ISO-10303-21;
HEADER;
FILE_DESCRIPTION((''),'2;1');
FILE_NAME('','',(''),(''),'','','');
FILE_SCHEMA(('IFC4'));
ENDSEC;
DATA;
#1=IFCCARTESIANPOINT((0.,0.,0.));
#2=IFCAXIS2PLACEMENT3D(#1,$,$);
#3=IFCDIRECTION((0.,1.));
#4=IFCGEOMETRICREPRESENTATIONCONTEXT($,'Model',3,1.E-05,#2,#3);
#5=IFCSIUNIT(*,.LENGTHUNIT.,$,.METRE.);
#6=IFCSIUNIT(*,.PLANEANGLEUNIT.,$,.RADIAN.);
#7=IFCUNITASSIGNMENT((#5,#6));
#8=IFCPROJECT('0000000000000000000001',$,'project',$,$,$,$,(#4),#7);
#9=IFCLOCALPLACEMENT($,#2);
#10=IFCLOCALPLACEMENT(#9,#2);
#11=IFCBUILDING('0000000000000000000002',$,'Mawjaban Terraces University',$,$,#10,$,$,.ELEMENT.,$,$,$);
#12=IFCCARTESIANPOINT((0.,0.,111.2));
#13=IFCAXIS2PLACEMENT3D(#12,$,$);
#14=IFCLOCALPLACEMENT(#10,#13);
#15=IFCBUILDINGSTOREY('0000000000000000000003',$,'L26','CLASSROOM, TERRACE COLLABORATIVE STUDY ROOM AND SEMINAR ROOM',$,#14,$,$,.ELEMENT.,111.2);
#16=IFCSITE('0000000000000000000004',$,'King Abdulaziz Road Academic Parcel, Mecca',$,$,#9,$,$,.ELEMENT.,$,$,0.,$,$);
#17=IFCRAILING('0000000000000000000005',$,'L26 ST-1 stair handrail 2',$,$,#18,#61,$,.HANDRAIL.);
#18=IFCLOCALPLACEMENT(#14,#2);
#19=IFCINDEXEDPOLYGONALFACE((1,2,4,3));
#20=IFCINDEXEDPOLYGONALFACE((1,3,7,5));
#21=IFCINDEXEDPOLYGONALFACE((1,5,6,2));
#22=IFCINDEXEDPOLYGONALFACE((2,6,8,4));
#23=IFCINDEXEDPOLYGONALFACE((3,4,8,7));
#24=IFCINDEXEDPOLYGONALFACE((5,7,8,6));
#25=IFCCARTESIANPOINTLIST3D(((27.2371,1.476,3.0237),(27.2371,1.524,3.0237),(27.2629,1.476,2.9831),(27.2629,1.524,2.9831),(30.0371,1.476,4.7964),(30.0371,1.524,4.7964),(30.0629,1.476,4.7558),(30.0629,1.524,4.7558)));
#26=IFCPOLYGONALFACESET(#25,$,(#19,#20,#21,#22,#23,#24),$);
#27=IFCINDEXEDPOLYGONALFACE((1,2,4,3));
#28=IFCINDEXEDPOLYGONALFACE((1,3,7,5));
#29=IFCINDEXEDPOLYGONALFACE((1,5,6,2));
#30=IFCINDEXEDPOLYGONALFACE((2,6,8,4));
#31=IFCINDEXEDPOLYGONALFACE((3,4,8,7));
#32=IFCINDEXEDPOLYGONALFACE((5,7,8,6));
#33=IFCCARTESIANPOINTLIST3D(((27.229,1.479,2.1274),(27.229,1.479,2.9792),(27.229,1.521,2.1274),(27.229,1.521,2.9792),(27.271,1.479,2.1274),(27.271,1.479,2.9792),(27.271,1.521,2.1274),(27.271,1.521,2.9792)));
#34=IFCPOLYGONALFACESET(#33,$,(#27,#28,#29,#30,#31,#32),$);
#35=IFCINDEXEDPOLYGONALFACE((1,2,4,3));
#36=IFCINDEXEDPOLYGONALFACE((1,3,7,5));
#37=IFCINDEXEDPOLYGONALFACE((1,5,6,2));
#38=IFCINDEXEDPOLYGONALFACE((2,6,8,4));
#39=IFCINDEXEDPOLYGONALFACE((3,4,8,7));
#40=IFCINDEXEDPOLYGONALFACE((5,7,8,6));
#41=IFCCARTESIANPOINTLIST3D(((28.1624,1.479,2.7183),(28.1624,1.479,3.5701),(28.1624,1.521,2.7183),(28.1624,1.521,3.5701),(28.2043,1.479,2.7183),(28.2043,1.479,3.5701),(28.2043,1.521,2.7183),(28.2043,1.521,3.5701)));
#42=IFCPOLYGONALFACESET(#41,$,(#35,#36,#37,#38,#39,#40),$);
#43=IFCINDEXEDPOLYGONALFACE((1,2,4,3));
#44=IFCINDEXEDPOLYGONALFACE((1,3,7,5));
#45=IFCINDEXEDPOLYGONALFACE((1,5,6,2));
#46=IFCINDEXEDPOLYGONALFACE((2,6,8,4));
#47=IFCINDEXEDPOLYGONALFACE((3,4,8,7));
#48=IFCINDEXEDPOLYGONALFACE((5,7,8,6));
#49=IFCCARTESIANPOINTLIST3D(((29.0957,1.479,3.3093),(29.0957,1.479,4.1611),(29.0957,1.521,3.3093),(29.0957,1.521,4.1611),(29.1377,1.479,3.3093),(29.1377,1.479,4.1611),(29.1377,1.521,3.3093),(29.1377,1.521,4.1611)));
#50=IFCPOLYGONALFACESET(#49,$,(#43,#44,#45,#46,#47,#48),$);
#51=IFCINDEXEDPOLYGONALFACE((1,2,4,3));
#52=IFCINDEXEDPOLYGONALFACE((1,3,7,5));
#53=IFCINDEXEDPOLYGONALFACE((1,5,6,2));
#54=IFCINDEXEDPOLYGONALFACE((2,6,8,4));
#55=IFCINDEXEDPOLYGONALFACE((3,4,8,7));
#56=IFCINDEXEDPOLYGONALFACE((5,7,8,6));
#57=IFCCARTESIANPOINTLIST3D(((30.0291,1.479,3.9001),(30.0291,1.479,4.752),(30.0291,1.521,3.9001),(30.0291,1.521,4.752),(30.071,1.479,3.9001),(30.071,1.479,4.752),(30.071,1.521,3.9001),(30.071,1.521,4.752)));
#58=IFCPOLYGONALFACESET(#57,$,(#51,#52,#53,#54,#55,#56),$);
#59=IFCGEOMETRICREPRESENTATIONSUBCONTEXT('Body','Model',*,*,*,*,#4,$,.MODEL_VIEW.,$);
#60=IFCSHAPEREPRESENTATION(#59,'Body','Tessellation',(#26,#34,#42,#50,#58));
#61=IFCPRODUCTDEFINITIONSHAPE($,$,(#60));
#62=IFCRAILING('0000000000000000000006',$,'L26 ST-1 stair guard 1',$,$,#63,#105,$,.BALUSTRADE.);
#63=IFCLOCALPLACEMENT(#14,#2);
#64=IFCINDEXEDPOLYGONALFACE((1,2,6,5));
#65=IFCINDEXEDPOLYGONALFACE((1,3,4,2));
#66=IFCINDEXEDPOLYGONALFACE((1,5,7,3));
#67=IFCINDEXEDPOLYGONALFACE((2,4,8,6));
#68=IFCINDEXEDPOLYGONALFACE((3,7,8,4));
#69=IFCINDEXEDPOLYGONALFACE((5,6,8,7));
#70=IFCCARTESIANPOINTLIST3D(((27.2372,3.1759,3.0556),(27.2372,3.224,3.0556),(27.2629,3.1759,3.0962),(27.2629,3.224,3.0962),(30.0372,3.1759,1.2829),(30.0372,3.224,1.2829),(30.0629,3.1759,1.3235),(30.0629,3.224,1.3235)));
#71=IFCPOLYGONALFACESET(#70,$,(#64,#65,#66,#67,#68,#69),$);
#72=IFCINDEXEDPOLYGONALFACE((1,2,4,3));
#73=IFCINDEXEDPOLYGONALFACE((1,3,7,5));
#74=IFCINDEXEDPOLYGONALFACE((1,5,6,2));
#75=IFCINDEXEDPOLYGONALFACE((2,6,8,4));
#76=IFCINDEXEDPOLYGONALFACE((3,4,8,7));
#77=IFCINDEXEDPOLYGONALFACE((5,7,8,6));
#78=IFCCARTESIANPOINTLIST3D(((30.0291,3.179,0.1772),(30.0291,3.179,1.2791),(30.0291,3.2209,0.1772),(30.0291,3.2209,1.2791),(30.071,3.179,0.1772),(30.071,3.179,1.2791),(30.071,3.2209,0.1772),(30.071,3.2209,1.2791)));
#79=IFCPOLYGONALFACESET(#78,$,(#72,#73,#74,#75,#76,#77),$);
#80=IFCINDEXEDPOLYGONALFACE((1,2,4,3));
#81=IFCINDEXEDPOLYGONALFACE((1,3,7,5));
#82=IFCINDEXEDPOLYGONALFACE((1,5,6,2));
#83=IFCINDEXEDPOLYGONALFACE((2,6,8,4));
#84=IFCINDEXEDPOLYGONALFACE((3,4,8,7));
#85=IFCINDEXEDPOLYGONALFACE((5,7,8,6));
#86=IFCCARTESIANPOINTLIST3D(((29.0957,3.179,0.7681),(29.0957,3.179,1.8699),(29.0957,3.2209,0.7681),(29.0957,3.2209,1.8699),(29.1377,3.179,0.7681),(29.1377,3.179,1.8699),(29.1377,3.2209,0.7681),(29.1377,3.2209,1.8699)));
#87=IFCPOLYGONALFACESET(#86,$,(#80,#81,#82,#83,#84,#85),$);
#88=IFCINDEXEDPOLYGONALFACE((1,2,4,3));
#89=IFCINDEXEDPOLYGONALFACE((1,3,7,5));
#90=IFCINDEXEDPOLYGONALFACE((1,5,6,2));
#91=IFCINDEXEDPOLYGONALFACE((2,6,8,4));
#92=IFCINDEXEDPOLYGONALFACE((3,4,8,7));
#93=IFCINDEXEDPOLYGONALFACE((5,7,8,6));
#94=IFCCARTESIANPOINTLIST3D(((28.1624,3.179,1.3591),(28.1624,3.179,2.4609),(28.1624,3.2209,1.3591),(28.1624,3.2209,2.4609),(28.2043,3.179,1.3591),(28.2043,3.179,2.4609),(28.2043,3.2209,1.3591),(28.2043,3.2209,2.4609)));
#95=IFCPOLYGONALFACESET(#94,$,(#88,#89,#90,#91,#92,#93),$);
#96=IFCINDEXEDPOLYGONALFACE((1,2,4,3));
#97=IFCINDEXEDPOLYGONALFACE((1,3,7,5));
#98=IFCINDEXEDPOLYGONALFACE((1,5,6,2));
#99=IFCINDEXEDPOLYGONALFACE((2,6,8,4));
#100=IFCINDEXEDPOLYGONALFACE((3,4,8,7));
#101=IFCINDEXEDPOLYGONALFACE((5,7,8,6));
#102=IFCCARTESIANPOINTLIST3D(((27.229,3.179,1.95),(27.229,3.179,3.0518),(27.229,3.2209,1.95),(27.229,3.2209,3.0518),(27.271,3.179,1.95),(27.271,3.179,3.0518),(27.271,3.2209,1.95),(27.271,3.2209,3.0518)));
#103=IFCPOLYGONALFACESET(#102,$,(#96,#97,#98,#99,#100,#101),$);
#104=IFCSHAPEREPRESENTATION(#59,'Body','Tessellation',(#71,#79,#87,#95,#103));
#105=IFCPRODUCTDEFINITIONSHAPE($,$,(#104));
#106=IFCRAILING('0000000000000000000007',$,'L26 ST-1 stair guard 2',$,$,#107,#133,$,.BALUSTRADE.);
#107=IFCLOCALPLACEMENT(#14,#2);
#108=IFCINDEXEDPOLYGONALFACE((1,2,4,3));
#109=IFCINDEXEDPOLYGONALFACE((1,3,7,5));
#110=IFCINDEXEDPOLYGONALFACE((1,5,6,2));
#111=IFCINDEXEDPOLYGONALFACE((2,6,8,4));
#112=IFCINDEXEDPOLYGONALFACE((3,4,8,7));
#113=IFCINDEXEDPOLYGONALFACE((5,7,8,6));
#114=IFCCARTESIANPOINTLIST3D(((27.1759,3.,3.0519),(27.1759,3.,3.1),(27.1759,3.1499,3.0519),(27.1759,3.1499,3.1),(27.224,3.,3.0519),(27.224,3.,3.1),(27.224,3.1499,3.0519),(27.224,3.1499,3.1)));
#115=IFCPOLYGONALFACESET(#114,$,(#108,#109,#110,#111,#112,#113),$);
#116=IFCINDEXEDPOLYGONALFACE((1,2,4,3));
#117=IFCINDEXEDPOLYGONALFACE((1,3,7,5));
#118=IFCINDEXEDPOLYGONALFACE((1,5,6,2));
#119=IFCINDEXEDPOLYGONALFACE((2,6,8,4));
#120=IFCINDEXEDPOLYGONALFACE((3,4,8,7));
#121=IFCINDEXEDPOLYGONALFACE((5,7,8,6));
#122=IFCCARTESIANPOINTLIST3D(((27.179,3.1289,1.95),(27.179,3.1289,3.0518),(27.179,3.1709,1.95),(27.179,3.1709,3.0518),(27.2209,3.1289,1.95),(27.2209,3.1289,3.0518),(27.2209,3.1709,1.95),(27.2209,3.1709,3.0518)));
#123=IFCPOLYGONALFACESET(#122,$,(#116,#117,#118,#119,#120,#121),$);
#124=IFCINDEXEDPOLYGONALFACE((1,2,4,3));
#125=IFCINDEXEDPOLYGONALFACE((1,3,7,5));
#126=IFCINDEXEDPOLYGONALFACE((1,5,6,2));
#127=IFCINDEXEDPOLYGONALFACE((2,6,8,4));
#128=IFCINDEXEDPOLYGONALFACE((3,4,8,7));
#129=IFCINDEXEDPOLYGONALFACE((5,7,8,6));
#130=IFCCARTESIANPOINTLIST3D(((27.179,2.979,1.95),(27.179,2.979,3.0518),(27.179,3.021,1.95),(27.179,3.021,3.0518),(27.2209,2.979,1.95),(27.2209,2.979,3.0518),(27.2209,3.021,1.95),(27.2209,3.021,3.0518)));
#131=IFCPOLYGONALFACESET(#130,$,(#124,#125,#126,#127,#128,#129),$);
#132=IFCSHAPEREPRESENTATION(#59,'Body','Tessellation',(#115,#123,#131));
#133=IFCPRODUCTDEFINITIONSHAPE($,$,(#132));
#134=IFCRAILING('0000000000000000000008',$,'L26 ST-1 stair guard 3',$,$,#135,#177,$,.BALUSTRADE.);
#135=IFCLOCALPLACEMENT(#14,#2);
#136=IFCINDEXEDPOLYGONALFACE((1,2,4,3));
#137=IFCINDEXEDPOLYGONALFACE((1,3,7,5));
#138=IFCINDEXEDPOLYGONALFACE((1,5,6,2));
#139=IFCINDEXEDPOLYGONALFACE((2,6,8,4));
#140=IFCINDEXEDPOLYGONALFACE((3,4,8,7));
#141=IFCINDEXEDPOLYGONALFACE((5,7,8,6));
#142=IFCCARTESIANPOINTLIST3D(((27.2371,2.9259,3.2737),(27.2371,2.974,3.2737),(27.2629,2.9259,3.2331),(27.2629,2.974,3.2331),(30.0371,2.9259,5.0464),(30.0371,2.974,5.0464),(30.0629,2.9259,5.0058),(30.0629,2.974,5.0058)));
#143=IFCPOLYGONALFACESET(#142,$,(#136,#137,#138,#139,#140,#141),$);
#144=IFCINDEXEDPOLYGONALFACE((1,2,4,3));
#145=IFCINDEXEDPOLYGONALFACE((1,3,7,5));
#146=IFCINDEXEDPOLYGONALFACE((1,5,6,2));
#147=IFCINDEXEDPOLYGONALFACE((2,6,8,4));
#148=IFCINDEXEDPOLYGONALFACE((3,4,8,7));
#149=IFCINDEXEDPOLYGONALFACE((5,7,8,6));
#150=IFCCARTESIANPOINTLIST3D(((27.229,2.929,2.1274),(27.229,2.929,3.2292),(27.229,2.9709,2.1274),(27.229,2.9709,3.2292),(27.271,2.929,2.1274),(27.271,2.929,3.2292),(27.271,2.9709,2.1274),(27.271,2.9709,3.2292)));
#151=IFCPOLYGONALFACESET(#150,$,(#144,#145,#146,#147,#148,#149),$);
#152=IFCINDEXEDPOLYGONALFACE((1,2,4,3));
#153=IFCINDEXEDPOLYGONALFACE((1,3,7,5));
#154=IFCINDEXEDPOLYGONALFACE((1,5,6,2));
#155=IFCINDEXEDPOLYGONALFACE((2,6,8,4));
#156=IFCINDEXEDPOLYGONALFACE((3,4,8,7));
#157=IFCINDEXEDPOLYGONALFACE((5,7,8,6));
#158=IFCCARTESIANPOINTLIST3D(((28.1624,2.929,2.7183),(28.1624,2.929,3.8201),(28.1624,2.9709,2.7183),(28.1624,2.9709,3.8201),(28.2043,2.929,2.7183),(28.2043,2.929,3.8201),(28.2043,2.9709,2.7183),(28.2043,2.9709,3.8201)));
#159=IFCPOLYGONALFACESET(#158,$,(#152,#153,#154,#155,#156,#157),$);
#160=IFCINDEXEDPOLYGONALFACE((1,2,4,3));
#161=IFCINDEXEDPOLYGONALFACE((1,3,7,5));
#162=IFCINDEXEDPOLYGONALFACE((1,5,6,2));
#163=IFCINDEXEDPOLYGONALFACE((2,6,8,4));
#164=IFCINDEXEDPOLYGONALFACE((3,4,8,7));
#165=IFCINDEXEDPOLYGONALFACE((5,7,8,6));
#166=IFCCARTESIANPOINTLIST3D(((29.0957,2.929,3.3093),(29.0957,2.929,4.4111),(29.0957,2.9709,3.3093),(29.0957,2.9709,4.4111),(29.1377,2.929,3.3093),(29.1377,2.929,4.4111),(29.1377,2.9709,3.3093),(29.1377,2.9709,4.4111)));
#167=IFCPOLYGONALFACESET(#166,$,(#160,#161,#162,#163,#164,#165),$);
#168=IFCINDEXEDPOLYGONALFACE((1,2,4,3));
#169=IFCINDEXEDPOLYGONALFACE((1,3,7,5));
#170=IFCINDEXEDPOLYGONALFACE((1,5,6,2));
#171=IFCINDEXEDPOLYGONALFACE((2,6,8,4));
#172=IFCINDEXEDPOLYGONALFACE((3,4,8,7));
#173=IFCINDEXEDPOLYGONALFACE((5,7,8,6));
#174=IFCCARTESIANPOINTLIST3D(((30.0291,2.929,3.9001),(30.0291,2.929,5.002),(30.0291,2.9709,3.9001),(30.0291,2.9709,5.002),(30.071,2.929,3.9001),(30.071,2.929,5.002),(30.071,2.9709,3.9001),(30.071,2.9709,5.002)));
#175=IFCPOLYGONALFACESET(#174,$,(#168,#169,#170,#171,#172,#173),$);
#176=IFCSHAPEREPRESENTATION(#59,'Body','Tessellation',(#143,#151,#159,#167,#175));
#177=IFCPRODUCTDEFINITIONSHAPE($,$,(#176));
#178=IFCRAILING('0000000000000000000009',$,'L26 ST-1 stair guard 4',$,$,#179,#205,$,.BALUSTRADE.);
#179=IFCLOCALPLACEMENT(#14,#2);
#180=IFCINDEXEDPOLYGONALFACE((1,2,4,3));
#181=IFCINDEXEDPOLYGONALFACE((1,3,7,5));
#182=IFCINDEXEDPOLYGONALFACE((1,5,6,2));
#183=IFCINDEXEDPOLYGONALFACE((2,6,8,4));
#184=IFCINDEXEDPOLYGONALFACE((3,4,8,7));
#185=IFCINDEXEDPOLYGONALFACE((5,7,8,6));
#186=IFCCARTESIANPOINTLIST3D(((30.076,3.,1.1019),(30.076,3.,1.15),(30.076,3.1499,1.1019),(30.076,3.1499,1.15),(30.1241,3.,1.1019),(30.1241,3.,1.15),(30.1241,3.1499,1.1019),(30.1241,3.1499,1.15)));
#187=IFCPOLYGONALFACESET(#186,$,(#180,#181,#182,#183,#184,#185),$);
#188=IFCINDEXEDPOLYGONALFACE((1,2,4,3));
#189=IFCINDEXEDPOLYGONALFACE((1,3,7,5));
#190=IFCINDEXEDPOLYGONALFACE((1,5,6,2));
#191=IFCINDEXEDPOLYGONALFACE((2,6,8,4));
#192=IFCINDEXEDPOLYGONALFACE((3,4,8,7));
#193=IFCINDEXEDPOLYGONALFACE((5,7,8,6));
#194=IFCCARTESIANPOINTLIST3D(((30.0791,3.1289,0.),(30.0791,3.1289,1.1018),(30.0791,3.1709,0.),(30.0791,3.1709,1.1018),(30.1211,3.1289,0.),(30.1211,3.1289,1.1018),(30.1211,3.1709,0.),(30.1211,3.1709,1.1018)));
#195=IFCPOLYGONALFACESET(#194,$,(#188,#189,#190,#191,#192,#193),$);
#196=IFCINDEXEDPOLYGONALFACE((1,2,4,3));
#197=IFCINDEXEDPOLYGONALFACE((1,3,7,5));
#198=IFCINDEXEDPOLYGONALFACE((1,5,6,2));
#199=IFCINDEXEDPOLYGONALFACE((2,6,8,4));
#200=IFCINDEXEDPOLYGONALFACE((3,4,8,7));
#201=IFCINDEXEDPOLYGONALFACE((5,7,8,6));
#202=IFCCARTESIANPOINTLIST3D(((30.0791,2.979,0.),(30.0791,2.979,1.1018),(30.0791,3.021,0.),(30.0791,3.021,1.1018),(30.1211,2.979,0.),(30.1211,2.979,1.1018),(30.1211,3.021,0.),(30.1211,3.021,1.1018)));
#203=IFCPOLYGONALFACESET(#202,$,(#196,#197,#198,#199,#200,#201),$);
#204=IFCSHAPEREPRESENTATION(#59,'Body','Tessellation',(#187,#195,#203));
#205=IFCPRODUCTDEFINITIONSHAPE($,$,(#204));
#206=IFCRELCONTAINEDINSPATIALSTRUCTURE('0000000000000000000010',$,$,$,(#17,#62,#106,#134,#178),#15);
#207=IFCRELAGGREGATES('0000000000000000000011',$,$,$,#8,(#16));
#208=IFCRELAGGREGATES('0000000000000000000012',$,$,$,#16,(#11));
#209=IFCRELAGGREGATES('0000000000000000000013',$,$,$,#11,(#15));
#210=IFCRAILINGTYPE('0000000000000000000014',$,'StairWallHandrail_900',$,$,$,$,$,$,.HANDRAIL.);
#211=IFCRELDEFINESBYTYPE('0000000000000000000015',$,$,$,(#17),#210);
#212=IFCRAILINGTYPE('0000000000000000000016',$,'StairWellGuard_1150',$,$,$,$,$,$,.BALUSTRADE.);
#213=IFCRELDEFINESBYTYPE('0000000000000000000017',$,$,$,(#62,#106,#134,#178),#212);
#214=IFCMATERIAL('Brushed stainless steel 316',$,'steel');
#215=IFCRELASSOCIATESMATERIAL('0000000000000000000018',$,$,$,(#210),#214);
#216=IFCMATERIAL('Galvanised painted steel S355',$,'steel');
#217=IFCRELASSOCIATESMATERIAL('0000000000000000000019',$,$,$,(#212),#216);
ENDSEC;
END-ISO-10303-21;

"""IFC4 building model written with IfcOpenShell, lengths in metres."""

from ifc_helpers import new_model, si_unit, direction, frame, origin, origin_2d, place, context, subcontext, project, spatial, rectangle, extrude, material, type_object, element, save


model = new_model("IFC4")

# Units and contexts
model_context = context("Model", 3, precision=1e-05, world=origin(), true_north=direction((0.0, 1.0)))
body_context = subcontext(model_context, "Body", "Model", "MODEL_VIEW")
ifc_project = project(units=[si_unit("LENGTHUNIT", "METRE"), si_unit("PLANEANGLEUNIT", "RADIAN")], contexts=[model_context])

# Site, building, storey
site_placement = place(None, origin())
site = spatial("IfcSite", under=ifc_project, at=site_placement, Name="King Abdulaziz Road Academic Parcel, Mecca", CompositionType="ELEMENT", RefElevation=0.0)
building_placement = place(site_placement, origin())
building = spatial("IfcBuilding", under=site, at=building_placement, Name="Mawjaban Terraces University", CompositionType="ELEMENT")
storey_placement = place(building_placement, frame((0.0, 0.0, 111.2)))
storey = spatial("IfcBuildingStorey", under=building, at=storey_placement, Name="L26", Description="CLASSROOM, TERRACE COLLABORATIVE STUDY ROOM AND SEMINAR ROOM", CompositionType="ELEMENT", Elevation=111.2)

# Railings
ifc_material_1 = material(Name="Brushed stainless steel 316", Category="steel")
railing_type_1 = type_object("IfcRailingType", Name="StairWallHandrail_900", PredefinedType="HANDRAIL", material=ifc_material_1)
railing_1_placement = place(storey_placement, frame((27.25, 1.5, 2.1274)))
element("IfcRailing", 1, at=railing_1_placement, inside=storey, type_object=railing_type_1, Name="L26 ST-1 stair handrail 2", PredefinedType="HANDRAIL", context=body_context, shape_type="SweptSolid", body=[
    extrude(rectangle(XDim=0.0481, YDim=0.0481, at=origin_2d()), frame((0.0, 0.0, 0.876), z_axis=(0.844909, 0.0, 0.53491), x_axis=(0.0, 1.0, 0.0)), (0.0, 0.0, 1.0), 3.314),
    extrude(rectangle(XDim=0.042, YDim=0.042, at=origin_2d()), origin(), (0.0, 0.0, 1.0), 0.8518),
    extrude(rectangle(XDim=0.042, YDim=0.042, at=origin_2d()), frame((0.9333, 0.0, 0.5908)), (0.0, 0.0, 1.0), 0.8518),
    extrude(rectangle(XDim=0.042, YDim=0.042, at=origin_2d()), frame((1.8667, 0.0, 1.1819)), (0.0, 0.0, 1.0), 0.8518),
    extrude(rectangle(XDim=0.042, YDim=0.042, at=origin_2d()), frame((2.8, 0.0, 1.7727)), (0.0, 0.0, 1.0), 0.8518),
])
ifc_material_2 = material(Name="Galvanised painted steel S355", Category="steel")
railing_type_2 = type_object("IfcRailingType", Name="StairWellGuard_1150", PredefinedType="BALUSTRADE", material=ifc_material_2)
railing_2_placement = place(storey_placement, frame((30.05, 3.2, 0.1772)))
element("IfcRailing", 2, at=railing_2_placement, inside=storey, type_object=railing_type_2, Name="L26 ST-1 stair guard 1", PredefinedType="BALUSTRADE", context=body_context, shape_type="SweptSolid", body=[
    extrude(rectangle(XDim=0.0481, YDim=0.0481, at=origin_2d()), frame((0.0, 0.0, 1.126), z_axis=(-0.844909, 0.0, 0.53491), x_axis=(0.0, -1.0, 0.0)), (0.0, 0.0, 1.0), 3.314),
    extrude(rectangle(XDim=0.042, YDim=0.042, at=origin_2d()), origin(), (0.0, 0.0, 1.0), 1.1018),
    extrude(rectangle(XDim=0.042, YDim=0.042, at=origin_2d()), frame((-0.9333, 0.0, 0.5908)), (0.0, 0.0, 1.0), 1.1018),
    extrude(rectangle(XDim=0.042, YDim=0.042, at=origin_2d()), frame((-1.8667, 0.0, 1.1819)), (0.0, 0.0, 1.0), 1.1018),
    extrude(rectangle(XDim=0.042, YDim=0.042, at=origin_2d()), frame((-2.8, 0.0, 1.7727)), (0.0, 0.0, 1.0), 1.1018),
])
railing_3_placement = place(storey_placement, frame((27.2, 3.1499, 1.95)))
element("IfcRailing", 3, at=railing_3_placement, inside=storey, type_object=railing_type_2, Name="L26 ST-1 stair guard 2", PredefinedType="BALUSTRADE", context=body_context, shape_type="SweptSolid", body=[
    extrude(rectangle(XDim=0.0481, YDim=0.0481, at=origin_2d()), frame((0.0, 0.0, 1.126), z_axis=(0.0, -1.0, 0.0), x_axis=(1.0, 0.0, 0.0)), (0.0, 0.0, 1.0), 0.1499),
    extrude(rectangle(XDim=0.042, YDim=0.042, at=origin_2d()), origin(), (0.0, 0.0, 1.0), 1.1018),
    extrude(rectangle(XDim=0.042, YDim=0.042, at=origin_2d()), frame((0.0, -0.1499, 0.0)), (0.0, 0.0, 1.0), 1.1018),
])
railing_4_placement = place(storey_placement, frame((27.25, 2.95, 2.1274)))
element("IfcRailing", 4, at=railing_4_placement, inside=storey, type_object=railing_type_2, Name="L26 ST-1 stair guard 3", PredefinedType="BALUSTRADE", context=body_context, shape_type="SweptSolid", body=[
    extrude(rectangle(XDim=0.0481, YDim=0.0481, at=origin_2d()), frame((0.0, 0.0, 1.126), z_axis=(0.844909, 0.0, 0.53491), x_axis=(0.0, 1.0, 0.0)), (0.0, 0.0, 1.0), 3.314),
    extrude(rectangle(XDim=0.042, YDim=0.042, at=origin_2d()), origin(), (0.0, 0.0, 1.0), 1.1018),
    extrude(rectangle(XDim=0.042, YDim=0.042, at=origin_2d()), frame((0.9333, 0.0, 0.5908)), (0.0, 0.0, 1.0), 1.1018),
    extrude(rectangle(XDim=0.042, YDim=0.042, at=origin_2d()), frame((1.8667, 0.0, 1.1819)), (0.0, 0.0, 1.0), 1.1018),
    extrude(rectangle(XDim=0.042, YDim=0.042, at=origin_2d()), frame((2.8, 0.0, 1.7727)), (0.0, 0.0, 1.0), 1.1018),
])
railing_5_placement = place(storey_placement, frame((30.1001, 3.1499, 0.0)))
element("IfcRailing", 5, at=railing_5_placement, inside=storey, type_object=railing_type_2, Name="L26 ST-1 stair guard 4", PredefinedType="BALUSTRADE", context=body_context, shape_type="SweptSolid", body=[
    extrude(rectangle(XDim=0.0481, YDim=0.0481, at=origin_2d()), frame((0.0, 0.0, 1.126), z_axis=(0.0, -1.0, 0.0), x_axis=(1.0, 0.0, 0.0)), (0.0, 0.0, 1.0), 0.1499),
    extrude(rectangle(XDim=0.042, YDim=0.042, at=origin_2d()), origin(), (0.0, 0.0, 1.0), 1.1018),
    extrude(rectangle(XDim=0.042, YDim=0.042, at=origin_2d()), frame((0.0, -0.1499, 0.0)), (0.0, 0.0, 1.0), 1.1018),
])

save(model, "model.ifc")
